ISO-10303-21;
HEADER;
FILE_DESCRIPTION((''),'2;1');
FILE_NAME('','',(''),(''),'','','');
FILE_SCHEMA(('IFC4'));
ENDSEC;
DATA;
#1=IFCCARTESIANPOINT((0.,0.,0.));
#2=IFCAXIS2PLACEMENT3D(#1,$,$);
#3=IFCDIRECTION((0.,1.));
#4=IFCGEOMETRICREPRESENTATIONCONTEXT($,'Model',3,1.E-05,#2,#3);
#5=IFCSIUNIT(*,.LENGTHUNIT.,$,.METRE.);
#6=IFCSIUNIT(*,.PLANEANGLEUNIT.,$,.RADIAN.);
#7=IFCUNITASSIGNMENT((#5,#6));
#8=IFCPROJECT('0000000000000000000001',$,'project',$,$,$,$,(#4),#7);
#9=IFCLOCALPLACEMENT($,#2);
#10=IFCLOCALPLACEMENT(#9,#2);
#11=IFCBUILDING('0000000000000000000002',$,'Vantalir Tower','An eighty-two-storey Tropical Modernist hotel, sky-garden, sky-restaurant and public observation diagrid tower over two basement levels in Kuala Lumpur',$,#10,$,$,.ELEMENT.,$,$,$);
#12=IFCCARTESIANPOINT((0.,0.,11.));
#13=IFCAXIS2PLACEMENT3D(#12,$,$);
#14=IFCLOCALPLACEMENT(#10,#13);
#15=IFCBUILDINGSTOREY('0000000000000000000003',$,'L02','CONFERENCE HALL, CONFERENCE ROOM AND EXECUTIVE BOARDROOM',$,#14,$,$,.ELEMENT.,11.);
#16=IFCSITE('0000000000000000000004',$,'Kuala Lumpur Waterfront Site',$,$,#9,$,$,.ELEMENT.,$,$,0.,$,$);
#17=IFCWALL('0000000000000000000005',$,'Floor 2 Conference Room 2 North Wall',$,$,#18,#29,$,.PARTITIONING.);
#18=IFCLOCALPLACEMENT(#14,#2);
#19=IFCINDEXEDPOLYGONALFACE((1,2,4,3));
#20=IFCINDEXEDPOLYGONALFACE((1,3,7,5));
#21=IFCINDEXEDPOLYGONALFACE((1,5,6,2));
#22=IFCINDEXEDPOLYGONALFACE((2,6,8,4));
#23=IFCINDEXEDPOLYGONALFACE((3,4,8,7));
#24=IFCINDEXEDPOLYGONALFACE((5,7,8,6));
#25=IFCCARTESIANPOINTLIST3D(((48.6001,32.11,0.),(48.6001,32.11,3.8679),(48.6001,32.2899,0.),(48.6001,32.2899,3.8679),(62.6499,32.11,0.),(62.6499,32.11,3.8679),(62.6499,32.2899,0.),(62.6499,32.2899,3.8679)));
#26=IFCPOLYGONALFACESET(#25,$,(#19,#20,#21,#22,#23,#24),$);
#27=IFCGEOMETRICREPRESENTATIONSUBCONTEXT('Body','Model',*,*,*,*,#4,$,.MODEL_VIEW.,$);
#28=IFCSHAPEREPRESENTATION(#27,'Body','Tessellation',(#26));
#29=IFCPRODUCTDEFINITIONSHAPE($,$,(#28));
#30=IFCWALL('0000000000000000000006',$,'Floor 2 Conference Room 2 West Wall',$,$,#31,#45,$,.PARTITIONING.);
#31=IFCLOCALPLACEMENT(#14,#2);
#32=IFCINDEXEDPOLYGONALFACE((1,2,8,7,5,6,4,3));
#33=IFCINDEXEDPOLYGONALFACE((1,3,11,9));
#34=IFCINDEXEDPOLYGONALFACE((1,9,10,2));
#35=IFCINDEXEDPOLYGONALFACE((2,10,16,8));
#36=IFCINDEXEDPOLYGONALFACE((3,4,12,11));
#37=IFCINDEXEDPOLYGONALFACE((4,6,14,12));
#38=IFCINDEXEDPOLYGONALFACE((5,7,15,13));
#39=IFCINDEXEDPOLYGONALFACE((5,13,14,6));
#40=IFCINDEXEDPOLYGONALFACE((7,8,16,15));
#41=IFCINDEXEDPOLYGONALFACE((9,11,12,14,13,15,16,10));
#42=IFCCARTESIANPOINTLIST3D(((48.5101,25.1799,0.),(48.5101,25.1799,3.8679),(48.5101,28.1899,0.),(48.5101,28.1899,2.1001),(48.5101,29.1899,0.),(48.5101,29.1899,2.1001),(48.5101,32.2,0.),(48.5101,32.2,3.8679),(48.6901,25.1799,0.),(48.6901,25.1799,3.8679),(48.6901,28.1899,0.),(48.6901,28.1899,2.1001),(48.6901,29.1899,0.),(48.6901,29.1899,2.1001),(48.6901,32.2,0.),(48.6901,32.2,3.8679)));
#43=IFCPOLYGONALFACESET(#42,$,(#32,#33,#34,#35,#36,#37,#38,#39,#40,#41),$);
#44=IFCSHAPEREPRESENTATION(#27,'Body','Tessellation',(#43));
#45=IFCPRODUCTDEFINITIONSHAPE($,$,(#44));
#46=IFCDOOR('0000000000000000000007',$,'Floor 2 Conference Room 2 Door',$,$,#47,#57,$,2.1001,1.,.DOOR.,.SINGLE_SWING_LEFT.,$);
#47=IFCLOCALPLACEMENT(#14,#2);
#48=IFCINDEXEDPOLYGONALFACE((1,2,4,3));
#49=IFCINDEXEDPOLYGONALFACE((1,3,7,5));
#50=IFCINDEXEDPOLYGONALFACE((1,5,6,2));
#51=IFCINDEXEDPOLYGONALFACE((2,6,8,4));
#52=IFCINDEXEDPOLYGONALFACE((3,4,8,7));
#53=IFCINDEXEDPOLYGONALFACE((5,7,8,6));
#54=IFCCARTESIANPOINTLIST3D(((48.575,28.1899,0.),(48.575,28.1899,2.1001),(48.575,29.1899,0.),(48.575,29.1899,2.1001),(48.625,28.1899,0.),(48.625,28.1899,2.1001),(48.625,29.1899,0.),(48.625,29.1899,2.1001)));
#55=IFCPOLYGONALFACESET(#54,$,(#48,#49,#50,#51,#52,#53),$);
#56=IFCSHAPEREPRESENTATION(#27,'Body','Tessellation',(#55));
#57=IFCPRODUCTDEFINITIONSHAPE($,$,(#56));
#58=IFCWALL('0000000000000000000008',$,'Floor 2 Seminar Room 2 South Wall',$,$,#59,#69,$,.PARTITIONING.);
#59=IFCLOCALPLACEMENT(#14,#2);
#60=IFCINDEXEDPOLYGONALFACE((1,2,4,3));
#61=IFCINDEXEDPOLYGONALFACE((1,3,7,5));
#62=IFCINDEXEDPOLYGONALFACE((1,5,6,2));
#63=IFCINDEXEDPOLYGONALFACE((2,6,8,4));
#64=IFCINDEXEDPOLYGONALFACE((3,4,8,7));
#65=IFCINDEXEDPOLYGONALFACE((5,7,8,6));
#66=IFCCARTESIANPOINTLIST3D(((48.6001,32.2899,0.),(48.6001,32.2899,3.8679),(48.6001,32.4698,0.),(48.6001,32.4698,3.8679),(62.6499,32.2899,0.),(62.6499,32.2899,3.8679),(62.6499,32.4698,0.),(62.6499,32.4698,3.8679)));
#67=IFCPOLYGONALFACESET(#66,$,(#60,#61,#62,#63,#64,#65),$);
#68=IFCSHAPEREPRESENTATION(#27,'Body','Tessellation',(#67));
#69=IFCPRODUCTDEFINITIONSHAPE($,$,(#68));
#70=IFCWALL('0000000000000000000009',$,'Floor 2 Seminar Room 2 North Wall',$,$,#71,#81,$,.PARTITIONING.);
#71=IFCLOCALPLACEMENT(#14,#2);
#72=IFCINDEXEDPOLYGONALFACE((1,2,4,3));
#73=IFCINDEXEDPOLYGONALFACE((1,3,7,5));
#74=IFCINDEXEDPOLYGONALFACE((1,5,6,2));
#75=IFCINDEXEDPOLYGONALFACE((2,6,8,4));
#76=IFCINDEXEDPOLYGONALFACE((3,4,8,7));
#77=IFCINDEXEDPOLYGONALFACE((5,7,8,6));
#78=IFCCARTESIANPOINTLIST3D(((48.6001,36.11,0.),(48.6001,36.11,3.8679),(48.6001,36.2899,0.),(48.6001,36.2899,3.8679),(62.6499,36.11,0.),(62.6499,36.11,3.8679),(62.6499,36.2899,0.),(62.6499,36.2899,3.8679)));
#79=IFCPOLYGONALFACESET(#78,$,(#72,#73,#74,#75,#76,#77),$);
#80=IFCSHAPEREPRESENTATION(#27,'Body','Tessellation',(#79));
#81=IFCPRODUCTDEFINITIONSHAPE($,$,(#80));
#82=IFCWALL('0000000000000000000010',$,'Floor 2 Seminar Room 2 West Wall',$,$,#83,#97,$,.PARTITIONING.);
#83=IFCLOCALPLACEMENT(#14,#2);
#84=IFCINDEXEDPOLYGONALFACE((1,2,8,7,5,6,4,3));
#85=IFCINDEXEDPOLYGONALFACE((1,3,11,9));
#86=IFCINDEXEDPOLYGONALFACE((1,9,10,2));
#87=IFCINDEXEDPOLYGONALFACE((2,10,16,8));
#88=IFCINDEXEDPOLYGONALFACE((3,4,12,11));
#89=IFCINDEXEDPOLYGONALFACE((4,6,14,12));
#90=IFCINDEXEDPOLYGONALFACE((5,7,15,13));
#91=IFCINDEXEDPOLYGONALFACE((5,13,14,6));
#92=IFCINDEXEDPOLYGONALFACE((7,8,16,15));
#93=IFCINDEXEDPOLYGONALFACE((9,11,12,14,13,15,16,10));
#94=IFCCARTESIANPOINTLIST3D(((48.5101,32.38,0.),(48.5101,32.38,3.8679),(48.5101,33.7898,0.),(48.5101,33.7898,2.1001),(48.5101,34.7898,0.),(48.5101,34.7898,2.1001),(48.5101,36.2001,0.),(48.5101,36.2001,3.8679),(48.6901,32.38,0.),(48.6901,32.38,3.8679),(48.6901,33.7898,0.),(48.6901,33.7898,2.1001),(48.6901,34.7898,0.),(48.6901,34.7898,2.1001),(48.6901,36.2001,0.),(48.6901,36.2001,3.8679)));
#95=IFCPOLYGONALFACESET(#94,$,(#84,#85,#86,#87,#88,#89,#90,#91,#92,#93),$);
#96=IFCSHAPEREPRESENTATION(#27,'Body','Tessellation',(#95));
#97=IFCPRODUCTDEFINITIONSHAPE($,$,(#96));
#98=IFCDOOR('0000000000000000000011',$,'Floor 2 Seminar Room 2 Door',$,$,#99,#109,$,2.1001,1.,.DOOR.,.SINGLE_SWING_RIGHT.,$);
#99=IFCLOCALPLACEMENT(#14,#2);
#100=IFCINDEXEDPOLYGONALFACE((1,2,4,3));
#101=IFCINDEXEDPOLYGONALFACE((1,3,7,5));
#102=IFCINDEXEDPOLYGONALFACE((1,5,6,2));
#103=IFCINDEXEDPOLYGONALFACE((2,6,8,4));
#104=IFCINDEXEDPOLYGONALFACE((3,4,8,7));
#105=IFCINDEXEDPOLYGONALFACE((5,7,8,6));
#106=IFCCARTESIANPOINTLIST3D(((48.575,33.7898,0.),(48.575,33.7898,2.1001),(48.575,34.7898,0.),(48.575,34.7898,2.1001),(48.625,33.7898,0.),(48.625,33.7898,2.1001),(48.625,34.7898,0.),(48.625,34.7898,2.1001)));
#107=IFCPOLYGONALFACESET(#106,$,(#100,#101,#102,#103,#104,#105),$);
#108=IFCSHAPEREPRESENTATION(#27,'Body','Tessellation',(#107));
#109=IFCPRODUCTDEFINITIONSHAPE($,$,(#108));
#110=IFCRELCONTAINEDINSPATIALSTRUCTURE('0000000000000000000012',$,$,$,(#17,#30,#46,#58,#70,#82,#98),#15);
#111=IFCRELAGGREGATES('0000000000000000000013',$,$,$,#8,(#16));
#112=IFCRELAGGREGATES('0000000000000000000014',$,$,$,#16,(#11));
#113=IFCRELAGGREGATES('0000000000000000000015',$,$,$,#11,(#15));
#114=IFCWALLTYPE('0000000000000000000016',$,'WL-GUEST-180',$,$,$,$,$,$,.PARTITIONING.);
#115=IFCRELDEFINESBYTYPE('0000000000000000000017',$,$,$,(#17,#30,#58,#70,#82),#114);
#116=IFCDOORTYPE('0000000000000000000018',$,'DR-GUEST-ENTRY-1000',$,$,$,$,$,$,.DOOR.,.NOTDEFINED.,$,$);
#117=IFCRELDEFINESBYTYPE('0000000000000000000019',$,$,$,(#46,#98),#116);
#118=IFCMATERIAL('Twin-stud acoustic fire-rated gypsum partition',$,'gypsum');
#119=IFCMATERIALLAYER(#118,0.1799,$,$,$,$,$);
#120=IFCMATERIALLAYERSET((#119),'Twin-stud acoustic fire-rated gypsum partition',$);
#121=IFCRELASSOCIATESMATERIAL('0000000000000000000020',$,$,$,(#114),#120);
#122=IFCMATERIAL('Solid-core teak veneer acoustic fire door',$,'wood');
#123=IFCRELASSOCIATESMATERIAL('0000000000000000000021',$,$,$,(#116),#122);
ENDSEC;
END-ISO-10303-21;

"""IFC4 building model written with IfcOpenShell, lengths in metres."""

from ifc_helpers import new_model, si_unit, direction, frame, frame_2d, origin, place, context, subcontext, project, spatial, rectangle, extrude, material, layer, layer_set, type_object, element, fill, save


model = new_model("IFC4")

# Units and contexts
model_context = context("Model", 3, precision=1e-05, world=origin(), true_north=direction((0.0, 1.0)))
body_context = subcontext(model_context, "Body", "Model", "MODEL_VIEW")
ifc_project = project(units=[si_unit("LENGTHUNIT", "METRE"), si_unit("PLANEANGLEUNIT", "RADIAN")], contexts=[model_context])

# Site, building, storey
site_placement = place(None, origin())
site = spatial("IfcSite", under=ifc_project, at=site_placement, Name="Kuala Lumpur Waterfront Site", CompositionType="ELEMENT", RefElevation=0.0)
building_placement = place(site_placement, origin())
building = spatial("IfcBuilding", under=site, at=building_placement, Name="Vantalir Tower", Description="An eighty-two-storey Tropical Modernist hotel, sky-garden, sky-restaurant and public observation diagrid tower over two basement levels in Kuala Lumpur", CompositionType="ELEMENT")
storey_placement = place(building_placement, frame((0.0, 0.0, 11.0)))
storey = spatial("IfcBuildingStorey", under=building, at=storey_placement, Name="L02", Description="CONFERENCE HALL, CONFERENCE ROOM AND EXECUTIVE BOARDROOM", CompositionType="ELEMENT", Elevation=11.0)

# Wall
ifc_material_1 = material(Name="Twin-stud acoustic fire-rated gypsum partition", Category="gypsum")
ifc_layer_1 = layer(ifc_material_1, 0.1799)
ifc_layer_set_1 = layer_set([ifc_layer_1], Name="Twin-stud acoustic fire-rated gypsum partition")
wall_type_1 = type_object("IfcWallType", Name="WL-GUEST-180", PredefinedType="PARTITIONING", material=ifc_layer_set_1)
for number, where, z_axis, x_axis, name in (
    (1, (48.6001, 32.2, 0.0), (0.0, 0.0, 1.0), (1.0, 0.0, 0.0), "Floor 2 Conference Room 2 North Wall"),
):
    element("IfcWall", number, at=place(storey_placement, frame(where, z_axis=z_axis, x_axis=x_axis)), inside=storey, type_object=wall_type_1, Name=name, PredefinedType="PARTITIONING", context=body_context, shape_type="SweptSolid", body=[
        extrude(rectangle(XDim=14.0498, YDim=0.1799, at=frame_2d((7.0249, 0.0))), origin(), (0.0, 0.0, 1.0), 3.8679),
    ])

# Wall, opening, door
wall_1_placement = place(storey_placement, frame((48.6001, 25.1799, 0.0), z_axis=(0.0, 0.0, 1.0), x_axis=(0.0, 1.0, 0.0)))
wall_1 = element("IfcWall", 2, at=wall_1_placement, inside=storey, type_object=wall_type_1, Name="Floor 2 Conference Room 2 West Wall", PredefinedType="PARTITIONING", context=body_context, shape_type="SweptSolid", body=[
    extrude(rectangle(XDim=7.02, YDim=0.1799, at=frame_2d((3.51, 0.0))), origin(), (0.0, 0.0, 1.0), 3.8679),
])
opening_1_placement = place(wall_1_placement, frame((3.01, 0.0, 0.0)))
opening_1 = element("IfcOpeningElement", 3, at=opening_1_placement, cuts=wall_1, PredefinedType="OPENING", context=body_context, shape_type="SweptSolid", body=[
    extrude(rectangle(XDim=1.0, YDim=2.1001, at=frame_2d((0.5, 1.05))), frame((0.0, 0.0999, 0.0), z_axis=(0.0, -1.0, 0.0), x_axis=(1.0, 0.0, 0.0)), (0.0, 0.0, 1.0), 0.2),
])
ifc_material_2 = material(Name="Solid-core teak veneer acoustic fire door", Category="wood")
door_type = type_object("IfcDoorType", Name="DR-GUEST-ENTRY-1000", OperationType="NOTDEFINED", PredefinedType="DOOR", material=ifc_material_2)
door_1_placement = place(opening_1_placement, frame((1.0, 0.0, 0.0), z_axis=(0.0, 0.0, 1.0), x_axis=(-1.0, 0.0, 0.0)))
door_1 = element("IfcDoor", 4, at=door_1_placement, inside=storey, type_object=door_type, Name="Floor 2 Conference Room 2 Door", OperationType="SINGLE_SWING_LEFT", OverallHeight=2.1001, OverallWidth=1.0, PredefinedType="DOOR", context=body_context, shape_type="SweptSolid", body=[
    extrude(rectangle(XDim=1.0, YDim=2.1001, at=frame_2d((0.5, 1.05))), frame((0.0, 0.0249, 0.0), z_axis=(0.0, -1.0, 0.0), x_axis=(1.0, 0.0, 0.0)), (0.0, 0.0, 1.0), 0.05),
])
fill(opening_1, door_1)

# Walls
for number, where, z_axis, x_axis, name in (
    (5, (48.6001, 32.3799, 0.0), (0.0, 0.0, 1.0), (1.0, 0.0, 0.0), "Floor 2 Seminar Room 2 South Wall"),
    (6, (48.6001, 36.2, 0.0), (0.0, 0.0, 1.0), (1.0, 0.0, 0.0), "Floor 2 Seminar Room 2 North Wall"),
):
    element("IfcWall", number, at=place(storey_placement, frame(where, z_axis=z_axis, x_axis=x_axis)), inside=storey, type_object=wall_type_1, Name=name, PredefinedType="PARTITIONING", context=body_context, shape_type="SweptSolid", body=[
        extrude(rectangle(XDim=14.0498, YDim=0.1799, at=frame_2d((7.0249, 0.0))), origin(), (0.0, 0.0, 1.0), 3.8679),
    ])

# Wall, opening, door
wall_2_placement = place(storey_placement, frame((48.6001, 32.3799, 0.0), z_axis=(0.0, 0.0, 1.0), x_axis=(0.0, 1.0, 0.0)))
wall_2 = element("IfcWall", 7, at=wall_2_placement, inside=storey, type_object=wall_type_1, Name="Floor 2 Seminar Room 2 West Wall", PredefinedType="PARTITIONING", context=body_context, shape_type="SweptSolid", body=[
    extrude(rectangle(XDim=3.8201, YDim=0.1799, at=frame_2d((1.9102, 0.0))), origin(), (0.0, 0.0, 1.0), 3.8679),
])
opening_2_placement = place(wall_2_placement, frame((1.4099, 0.0, 0.0)))
opening_2 = element("IfcOpeningElement", 8, at=opening_2_placement, cuts=wall_2, PredefinedType="OPENING", context=body_context, shape_type="SweptSolid", body=[
    extrude(rectangle(XDim=1.0, YDim=2.1001, at=frame_2d((0.5, 1.05))), frame((0.0, 0.0999, 0.0), z_axis=(0.0, -1.0, 0.0), x_axis=(1.0, 0.0, 0.0)), (0.0, 0.0, 1.0), 0.2),
])
door_2_placement = place(opening_2_placement, frame((1.0, 0.0, 0.0), z_axis=(0.0, 0.0, 1.0), x_axis=(-1.0, 0.0, 0.0)))
door_2 = element("IfcDoor", 9, at=door_2_placement, inside=storey, type_object=door_type, Name="Floor 2 Seminar Room 2 Door", OperationType="SINGLE_SWING_RIGHT", OverallHeight=2.1001, OverallWidth=1.0, PredefinedType="DOOR", context=body_context, shape_type="SweptSolid", body=[
    extrude(rectangle(XDim=1.0, YDim=2.1001, at=frame_2d((0.5, 1.05))), frame((0.0, 0.0249, 0.0), z_axis=(0.0, -1.0, 0.0), x_axis=(1.0, 0.0, 0.0)), (0.0, 0.0, 1.0), 0.05),
])
fill(opening_2, door_2)

save(model, "model.ifc")
